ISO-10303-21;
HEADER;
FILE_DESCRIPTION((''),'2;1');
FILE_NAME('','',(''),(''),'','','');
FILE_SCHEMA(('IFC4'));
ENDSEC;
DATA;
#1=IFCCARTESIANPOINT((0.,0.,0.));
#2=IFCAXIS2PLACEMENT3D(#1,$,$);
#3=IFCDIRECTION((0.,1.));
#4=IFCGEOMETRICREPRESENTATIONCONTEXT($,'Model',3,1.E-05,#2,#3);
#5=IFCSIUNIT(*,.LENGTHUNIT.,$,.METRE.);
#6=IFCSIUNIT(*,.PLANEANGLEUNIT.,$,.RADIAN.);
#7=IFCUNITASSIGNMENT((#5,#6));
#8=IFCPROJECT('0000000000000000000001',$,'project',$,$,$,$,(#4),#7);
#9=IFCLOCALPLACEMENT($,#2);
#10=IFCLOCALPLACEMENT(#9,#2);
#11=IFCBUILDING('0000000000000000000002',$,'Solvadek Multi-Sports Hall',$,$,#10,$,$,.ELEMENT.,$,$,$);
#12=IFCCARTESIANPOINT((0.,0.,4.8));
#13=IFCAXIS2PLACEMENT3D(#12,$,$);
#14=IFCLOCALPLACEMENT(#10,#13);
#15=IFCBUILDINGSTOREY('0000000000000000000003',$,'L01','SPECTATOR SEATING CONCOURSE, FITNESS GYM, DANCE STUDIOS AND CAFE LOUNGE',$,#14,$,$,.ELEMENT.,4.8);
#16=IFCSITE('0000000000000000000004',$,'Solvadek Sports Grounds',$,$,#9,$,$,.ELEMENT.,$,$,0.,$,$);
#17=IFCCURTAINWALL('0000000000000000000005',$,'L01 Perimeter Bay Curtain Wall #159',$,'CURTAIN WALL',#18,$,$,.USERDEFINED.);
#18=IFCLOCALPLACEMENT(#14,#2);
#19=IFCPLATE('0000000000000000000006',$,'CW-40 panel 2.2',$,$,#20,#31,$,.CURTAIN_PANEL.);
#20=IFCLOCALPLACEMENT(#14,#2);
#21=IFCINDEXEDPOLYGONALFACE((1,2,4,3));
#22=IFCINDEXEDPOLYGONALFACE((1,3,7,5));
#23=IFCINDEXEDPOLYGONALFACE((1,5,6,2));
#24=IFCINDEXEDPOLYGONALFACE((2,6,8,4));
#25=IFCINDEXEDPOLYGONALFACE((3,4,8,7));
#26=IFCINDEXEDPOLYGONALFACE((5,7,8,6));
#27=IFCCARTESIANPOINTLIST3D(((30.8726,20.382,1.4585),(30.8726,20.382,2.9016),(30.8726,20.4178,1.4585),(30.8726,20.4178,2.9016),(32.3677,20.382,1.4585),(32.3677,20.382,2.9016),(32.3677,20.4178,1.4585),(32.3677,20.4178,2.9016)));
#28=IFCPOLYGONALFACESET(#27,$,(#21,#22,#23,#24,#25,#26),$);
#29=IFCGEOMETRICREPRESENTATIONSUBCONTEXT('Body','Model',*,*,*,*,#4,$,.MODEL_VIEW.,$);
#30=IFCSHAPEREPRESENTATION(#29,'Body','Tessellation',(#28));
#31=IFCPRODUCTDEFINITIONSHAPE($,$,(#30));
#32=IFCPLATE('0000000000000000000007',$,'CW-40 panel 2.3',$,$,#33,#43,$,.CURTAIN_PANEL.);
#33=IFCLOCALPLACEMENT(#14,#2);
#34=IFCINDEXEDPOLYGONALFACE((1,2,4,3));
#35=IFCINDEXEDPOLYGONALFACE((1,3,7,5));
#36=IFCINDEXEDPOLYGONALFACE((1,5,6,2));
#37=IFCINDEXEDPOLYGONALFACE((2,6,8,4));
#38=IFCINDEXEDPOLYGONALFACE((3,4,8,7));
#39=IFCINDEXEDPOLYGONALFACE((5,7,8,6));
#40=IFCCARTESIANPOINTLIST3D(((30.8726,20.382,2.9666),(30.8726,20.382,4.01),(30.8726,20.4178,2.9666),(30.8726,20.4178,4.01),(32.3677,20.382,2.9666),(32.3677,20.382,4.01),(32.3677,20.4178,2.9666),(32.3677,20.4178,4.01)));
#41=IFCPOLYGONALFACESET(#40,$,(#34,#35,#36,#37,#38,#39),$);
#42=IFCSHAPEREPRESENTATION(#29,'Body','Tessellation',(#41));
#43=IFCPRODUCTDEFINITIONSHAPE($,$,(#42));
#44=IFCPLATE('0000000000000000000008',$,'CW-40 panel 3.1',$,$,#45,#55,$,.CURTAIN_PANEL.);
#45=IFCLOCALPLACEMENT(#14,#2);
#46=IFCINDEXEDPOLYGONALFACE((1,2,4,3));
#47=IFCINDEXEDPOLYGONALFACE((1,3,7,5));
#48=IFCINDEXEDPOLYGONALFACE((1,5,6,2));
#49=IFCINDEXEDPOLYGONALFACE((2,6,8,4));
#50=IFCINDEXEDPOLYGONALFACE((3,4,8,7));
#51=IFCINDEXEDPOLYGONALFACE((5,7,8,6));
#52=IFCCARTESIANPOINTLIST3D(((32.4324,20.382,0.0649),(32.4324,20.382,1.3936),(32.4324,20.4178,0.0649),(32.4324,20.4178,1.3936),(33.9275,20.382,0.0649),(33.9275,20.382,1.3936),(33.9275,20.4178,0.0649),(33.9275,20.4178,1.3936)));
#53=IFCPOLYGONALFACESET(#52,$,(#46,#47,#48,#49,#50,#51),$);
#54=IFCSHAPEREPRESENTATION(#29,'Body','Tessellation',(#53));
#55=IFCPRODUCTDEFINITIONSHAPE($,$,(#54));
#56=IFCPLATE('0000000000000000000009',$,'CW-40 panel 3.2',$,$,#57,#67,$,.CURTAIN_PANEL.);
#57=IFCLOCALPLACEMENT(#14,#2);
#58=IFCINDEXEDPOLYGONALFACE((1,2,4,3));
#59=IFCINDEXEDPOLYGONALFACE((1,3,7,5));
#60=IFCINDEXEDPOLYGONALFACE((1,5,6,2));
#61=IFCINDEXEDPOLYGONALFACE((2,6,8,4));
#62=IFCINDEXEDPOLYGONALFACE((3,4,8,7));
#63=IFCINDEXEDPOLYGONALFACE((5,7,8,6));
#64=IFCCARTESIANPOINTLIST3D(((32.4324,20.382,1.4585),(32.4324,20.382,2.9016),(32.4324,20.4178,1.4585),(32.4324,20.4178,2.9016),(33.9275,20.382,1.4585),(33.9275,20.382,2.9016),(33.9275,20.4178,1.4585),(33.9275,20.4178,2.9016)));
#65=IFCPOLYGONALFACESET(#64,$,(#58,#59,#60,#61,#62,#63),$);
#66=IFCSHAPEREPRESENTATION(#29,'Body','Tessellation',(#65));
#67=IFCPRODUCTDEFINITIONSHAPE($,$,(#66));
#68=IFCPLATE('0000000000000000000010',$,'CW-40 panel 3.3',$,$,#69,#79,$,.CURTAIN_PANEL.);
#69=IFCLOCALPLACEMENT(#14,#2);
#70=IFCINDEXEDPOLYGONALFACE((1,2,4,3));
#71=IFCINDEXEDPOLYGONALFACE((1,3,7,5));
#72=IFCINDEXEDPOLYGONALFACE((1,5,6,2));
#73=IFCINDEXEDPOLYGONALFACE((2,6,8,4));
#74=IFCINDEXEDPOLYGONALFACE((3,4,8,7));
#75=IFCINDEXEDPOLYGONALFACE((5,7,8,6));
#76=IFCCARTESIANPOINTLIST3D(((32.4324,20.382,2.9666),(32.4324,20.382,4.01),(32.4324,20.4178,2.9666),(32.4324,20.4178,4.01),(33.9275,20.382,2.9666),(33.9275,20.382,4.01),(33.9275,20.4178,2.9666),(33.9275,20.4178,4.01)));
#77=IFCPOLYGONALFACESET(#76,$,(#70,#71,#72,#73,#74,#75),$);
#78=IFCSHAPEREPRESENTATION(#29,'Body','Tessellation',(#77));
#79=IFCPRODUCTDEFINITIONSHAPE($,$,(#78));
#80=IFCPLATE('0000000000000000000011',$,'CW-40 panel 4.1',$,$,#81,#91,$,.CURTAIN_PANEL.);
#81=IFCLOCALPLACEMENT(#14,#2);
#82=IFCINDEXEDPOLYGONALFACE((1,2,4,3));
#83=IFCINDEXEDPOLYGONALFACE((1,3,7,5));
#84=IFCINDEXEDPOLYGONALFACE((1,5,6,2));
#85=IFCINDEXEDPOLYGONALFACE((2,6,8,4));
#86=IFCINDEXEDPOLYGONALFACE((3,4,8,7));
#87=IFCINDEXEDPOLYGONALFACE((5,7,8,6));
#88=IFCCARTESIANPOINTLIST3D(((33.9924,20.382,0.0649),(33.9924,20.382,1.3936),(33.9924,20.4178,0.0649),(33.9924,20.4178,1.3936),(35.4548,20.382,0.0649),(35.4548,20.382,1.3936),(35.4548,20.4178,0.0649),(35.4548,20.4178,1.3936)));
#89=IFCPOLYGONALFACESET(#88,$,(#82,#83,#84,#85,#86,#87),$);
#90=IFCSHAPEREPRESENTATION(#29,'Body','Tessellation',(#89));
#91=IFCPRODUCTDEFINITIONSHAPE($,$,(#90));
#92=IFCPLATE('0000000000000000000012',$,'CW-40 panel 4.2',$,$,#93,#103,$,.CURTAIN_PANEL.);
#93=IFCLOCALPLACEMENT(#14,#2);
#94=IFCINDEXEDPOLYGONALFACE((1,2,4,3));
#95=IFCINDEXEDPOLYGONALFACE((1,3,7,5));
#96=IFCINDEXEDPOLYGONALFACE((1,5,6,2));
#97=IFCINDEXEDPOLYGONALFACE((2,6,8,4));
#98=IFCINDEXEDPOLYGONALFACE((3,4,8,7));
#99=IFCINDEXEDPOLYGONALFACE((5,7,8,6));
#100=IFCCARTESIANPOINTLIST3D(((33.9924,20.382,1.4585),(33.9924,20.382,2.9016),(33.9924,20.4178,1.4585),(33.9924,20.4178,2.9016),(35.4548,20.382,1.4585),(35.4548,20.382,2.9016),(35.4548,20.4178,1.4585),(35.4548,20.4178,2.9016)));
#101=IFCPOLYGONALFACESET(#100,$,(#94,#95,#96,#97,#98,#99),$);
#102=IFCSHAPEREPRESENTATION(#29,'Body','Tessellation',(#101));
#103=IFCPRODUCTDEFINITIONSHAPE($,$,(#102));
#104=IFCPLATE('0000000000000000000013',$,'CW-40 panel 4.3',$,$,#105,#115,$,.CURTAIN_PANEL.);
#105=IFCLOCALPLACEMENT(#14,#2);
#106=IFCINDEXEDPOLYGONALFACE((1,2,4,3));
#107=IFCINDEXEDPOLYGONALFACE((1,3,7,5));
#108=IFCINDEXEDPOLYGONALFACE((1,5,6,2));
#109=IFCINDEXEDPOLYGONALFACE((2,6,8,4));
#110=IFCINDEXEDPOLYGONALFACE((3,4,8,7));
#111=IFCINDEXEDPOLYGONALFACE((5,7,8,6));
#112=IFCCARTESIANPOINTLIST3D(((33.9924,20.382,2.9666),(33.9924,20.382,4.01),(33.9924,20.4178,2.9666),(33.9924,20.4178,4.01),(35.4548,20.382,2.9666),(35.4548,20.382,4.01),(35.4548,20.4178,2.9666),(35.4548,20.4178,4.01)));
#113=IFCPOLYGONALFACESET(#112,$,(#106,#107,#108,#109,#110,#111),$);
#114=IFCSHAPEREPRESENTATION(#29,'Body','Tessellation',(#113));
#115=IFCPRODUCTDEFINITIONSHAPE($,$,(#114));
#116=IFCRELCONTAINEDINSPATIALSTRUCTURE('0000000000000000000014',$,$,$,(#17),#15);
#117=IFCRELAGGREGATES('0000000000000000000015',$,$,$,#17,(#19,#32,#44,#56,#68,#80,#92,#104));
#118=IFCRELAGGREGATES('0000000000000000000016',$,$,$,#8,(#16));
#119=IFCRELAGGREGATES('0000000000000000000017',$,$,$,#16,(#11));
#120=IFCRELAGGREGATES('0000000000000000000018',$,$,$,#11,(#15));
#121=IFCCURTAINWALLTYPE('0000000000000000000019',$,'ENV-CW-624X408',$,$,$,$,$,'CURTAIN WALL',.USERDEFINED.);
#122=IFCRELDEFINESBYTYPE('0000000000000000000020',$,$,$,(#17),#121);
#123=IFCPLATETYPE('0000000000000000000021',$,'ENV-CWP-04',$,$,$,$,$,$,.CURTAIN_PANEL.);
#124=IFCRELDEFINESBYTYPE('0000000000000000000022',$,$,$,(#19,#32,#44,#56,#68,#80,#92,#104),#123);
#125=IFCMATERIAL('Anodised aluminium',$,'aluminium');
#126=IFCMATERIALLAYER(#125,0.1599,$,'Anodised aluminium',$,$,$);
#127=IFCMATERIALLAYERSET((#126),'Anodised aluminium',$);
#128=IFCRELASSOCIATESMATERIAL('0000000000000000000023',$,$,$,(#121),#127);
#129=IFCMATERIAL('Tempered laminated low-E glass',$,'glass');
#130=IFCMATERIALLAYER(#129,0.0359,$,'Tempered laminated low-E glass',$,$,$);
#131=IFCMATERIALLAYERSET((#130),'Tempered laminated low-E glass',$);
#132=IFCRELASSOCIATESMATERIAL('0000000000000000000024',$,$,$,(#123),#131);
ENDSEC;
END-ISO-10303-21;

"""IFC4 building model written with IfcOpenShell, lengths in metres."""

from ifc_helpers import new_model, si_unit, direction, frame, origin, origin_2d, place, context, subcontext, project, spatial, rectangle, extrude, material, layer, layer_set, type_object, element, aggregate, save


model = new_model("IFC4")

# Units and contexts
model_context = context("Model", 3, precision=1e-05, world=origin(), true_north=direction((0.0, 1.0)))
body_context = subcontext(model_context, "Body", "Model", "MODEL_VIEW")
ifc_project = project(units=[si_unit("LENGTHUNIT", "METRE"), si_unit("PLANEANGLEUNIT", "RADIAN")], contexts=[model_context])

# Site, building, storey
site_placement = place(None, origin())
site = spatial("IfcSite", under=ifc_project, at=site_placement, Name="Solvadek Sports Grounds", CompositionType="ELEMENT", RefElevation=0.0)
building_placement = place(site_placement, origin())
building = spatial("IfcBuilding", under=site, at=building_placement, Name="Solvadek Multi-Sports Hall", CompositionType="ELEMENT")
storey_placement = place(building_placement, frame((0.0, 0.0, 4.8)))
storey = spatial("IfcBuildingStorey", under=building, at=storey_placement, Name="L01", Description="SPECTATOR SEATING CONCOURSE, FITNESS GYM, DANCE STUDIOS AND CAFE LOUNGE", CompositionType="ELEMENT", Elevation=4.8)

# Curtain wall
ifc_material_1 = material(Name="Anodised aluminium", Category="aluminium")
ifc_layer_1 = layer(ifc_material_1, 0.1599, Name="Anodised aluminium")
ifc_layer_set_1 = layer_set([ifc_layer_1], Name="Anodised aluminium")
curtain_wall_type = type_object("IfcCurtainWallType", Name="ENV-CW-624X408", ElementType="CURTAIN WALL", PredefinedType="USERDEFINED", material=ifc_layer_set_1)
curtain_wall_placement = place(storey_placement, origin())
curtain_wall = element("IfcCurtainWall", 1, at=curtain_wall_placement, inside=storey, type_object=curtain_wall_type, Name="L01 Perimeter Bay Curtain Wall #159", ObjectType="CURTAIN WALL", PredefinedType="USERDEFINED")

# Plates
ifc_material_2 = material(Name="Tempered laminated low-E glass", Category="glass")
ifc_layer_2 = layer(ifc_material_2, 0.0359, Name="Tempered laminated low-E glass")
ifc_layer_set_2 = layer_set([ifc_layer_2], Name="Tempered laminated low-E glass")
plate_type = type_object("IfcPlateType", Name="ENV-CWP-04", PredefinedType="CURTAIN_PANEL", material=ifc_layer_set_2)
plate_1_placement = place(storey_placement, frame((31.6201, 20.3999, 1.4585), z_axis=(0.0, 0.0, 1.0), x_axis=(1.0, 0.0, 0.0)))
plate_1 = element("IfcPlate", 2, at=plate_1_placement, type_object=plate_type, Name="CW-40 panel 2.2", PredefinedType="CURTAIN_PANEL", context=body_context, shape_type="SweptSolid", body=[
    extrude(rectangle(XDim=1.4951, YDim=0.0359, at=origin_2d()), origin(), (0.0, 0.0, 1.0), 1.4431),
])
plate_2_placement = place(storey_placement, frame((31.6201, 20.3999, 2.9666), z_axis=(0.0, 0.0, 1.0), x_axis=(1.0, 0.0, 0.0)))
plate_2 = element("IfcPlate", 3, at=plate_2_placement, type_object=plate_type, Name="CW-40 panel 2.3", PredefinedType="CURTAIN_PANEL", context=body_context, shape_type="SweptSolid", body=[
    extrude(rectangle(XDim=1.4951, YDim=0.0359, at=origin_2d()), origin(), (0.0, 0.0, 1.0), 1.0435),
])
plate_3_placement = place(storey_placement, frame((33.1799, 20.3999, 0.0649), z_axis=(0.0, 0.0, 1.0), x_axis=(1.0, 0.0, 0.0)))
plate_3 = element("IfcPlate", 4, at=plate_3_placement, type_object=plate_type, Name="CW-40 panel 3.1", PredefinedType="CURTAIN_PANEL", context=body_context, shape_type="SweptSolid", body=[
    extrude(rectangle(XDim=1.4951, YDim=0.0359, at=origin_2d()), origin(), (0.0, 0.0, 1.0), 1.3286),
])
plate_4_placement = place(storey_placement, frame((33.1799, 20.3999, 1.4585), z_axis=(0.0, 0.0, 1.0), x_axis=(1.0, 0.0, 0.0)))
plate_4 = element("IfcPlate", 5, at=plate_4_placement, type_object=plate_type, Name="CW-40 panel 3.2", PredefinedType="CURTAIN_PANEL", context=body_context, shape_type="SweptSolid", body=[
    extrude(rectangle(XDim=1.4951, YDim=0.0359, at=origin_2d()), origin(), (0.0, 0.0, 1.0), 1.4431),
])
plate_5_placement = place(storey_placement, frame((33.1799, 20.3999, 2.9666), z_axis=(0.0, 0.0, 1.0), x_axis=(1.0, 0.0, 0.0)))
plate_5 = element("IfcPlate", 6, at=plate_5_placement, type_object=plate_type, Name="CW-40 panel 3.3", PredefinedType="CURTAIN_PANEL", context=body_context, shape_type="SweptSolid", body=[
    extrude(rectangle(XDim=1.4951, YDim=0.0359, at=origin_2d()), origin(), (0.0, 0.0, 1.0), 1.0435),
])
plate_6_placement = place(storey_placement, frame((34.7236, 20.3999, 0.0649), z_axis=(0.0, 0.0, 1.0), x_axis=(1.0, 0.0, 0.0)))
plate_6 = element("IfcPlate", 7, at=plate_6_placement, type_object=plate_type, Name="CW-40 panel 4.1", PredefinedType="CURTAIN_PANEL", context=body_context, shape_type="SweptSolid", body=[
    extrude(rectangle(XDim=1.4624, YDim=0.0359, at=origin_2d()), origin(), (0.0, 0.0, 1.0), 1.3286),
])
plate_7_placement = place(storey_placement, frame((34.7236, 20.3999, 1.4585), z_axis=(0.0, 0.0, 1.0), x_axis=(1.0, 0.0, 0.0)))
plate_7 = element("IfcPlate", 8, at=plate_7_placement, type_object=plate_type, Name="CW-40 panel 4.2", PredefinedType="CURTAIN_PANEL", context=body_context, shape_type="SweptSolid", body=[
    extrude(rectangle(XDim=1.4624, YDim=0.0359, at=origin_2d()), origin(), (0.0, 0.0, 1.0), 1.4431),
])
plate_8_placement = place(storey_placement, frame((34.7236, 20.3999, 2.9666), z_axis=(0.0, 0.0, 1.0), x_axis=(1.0, 0.0, 0.0)))
plate_8 = element("IfcPlate", 9, at=plate_8_placement, type_object=plate_type, Name="CW-40 panel 4.3", PredefinedType="CURTAIN_PANEL", context=body_context, shape_type="SweptSolid", body=[
    extrude(rectangle(XDim=1.4624, YDim=0.0359, at=origin_2d()), origin(), (0.0, 0.0, 1.0), 1.0435),
])
aggregate(curtain_wall, [plate_1, plate_2, plate_3, plate_4, plate_5, plate_6, plate_7, plate_8])

save(model, "model.ifc")
